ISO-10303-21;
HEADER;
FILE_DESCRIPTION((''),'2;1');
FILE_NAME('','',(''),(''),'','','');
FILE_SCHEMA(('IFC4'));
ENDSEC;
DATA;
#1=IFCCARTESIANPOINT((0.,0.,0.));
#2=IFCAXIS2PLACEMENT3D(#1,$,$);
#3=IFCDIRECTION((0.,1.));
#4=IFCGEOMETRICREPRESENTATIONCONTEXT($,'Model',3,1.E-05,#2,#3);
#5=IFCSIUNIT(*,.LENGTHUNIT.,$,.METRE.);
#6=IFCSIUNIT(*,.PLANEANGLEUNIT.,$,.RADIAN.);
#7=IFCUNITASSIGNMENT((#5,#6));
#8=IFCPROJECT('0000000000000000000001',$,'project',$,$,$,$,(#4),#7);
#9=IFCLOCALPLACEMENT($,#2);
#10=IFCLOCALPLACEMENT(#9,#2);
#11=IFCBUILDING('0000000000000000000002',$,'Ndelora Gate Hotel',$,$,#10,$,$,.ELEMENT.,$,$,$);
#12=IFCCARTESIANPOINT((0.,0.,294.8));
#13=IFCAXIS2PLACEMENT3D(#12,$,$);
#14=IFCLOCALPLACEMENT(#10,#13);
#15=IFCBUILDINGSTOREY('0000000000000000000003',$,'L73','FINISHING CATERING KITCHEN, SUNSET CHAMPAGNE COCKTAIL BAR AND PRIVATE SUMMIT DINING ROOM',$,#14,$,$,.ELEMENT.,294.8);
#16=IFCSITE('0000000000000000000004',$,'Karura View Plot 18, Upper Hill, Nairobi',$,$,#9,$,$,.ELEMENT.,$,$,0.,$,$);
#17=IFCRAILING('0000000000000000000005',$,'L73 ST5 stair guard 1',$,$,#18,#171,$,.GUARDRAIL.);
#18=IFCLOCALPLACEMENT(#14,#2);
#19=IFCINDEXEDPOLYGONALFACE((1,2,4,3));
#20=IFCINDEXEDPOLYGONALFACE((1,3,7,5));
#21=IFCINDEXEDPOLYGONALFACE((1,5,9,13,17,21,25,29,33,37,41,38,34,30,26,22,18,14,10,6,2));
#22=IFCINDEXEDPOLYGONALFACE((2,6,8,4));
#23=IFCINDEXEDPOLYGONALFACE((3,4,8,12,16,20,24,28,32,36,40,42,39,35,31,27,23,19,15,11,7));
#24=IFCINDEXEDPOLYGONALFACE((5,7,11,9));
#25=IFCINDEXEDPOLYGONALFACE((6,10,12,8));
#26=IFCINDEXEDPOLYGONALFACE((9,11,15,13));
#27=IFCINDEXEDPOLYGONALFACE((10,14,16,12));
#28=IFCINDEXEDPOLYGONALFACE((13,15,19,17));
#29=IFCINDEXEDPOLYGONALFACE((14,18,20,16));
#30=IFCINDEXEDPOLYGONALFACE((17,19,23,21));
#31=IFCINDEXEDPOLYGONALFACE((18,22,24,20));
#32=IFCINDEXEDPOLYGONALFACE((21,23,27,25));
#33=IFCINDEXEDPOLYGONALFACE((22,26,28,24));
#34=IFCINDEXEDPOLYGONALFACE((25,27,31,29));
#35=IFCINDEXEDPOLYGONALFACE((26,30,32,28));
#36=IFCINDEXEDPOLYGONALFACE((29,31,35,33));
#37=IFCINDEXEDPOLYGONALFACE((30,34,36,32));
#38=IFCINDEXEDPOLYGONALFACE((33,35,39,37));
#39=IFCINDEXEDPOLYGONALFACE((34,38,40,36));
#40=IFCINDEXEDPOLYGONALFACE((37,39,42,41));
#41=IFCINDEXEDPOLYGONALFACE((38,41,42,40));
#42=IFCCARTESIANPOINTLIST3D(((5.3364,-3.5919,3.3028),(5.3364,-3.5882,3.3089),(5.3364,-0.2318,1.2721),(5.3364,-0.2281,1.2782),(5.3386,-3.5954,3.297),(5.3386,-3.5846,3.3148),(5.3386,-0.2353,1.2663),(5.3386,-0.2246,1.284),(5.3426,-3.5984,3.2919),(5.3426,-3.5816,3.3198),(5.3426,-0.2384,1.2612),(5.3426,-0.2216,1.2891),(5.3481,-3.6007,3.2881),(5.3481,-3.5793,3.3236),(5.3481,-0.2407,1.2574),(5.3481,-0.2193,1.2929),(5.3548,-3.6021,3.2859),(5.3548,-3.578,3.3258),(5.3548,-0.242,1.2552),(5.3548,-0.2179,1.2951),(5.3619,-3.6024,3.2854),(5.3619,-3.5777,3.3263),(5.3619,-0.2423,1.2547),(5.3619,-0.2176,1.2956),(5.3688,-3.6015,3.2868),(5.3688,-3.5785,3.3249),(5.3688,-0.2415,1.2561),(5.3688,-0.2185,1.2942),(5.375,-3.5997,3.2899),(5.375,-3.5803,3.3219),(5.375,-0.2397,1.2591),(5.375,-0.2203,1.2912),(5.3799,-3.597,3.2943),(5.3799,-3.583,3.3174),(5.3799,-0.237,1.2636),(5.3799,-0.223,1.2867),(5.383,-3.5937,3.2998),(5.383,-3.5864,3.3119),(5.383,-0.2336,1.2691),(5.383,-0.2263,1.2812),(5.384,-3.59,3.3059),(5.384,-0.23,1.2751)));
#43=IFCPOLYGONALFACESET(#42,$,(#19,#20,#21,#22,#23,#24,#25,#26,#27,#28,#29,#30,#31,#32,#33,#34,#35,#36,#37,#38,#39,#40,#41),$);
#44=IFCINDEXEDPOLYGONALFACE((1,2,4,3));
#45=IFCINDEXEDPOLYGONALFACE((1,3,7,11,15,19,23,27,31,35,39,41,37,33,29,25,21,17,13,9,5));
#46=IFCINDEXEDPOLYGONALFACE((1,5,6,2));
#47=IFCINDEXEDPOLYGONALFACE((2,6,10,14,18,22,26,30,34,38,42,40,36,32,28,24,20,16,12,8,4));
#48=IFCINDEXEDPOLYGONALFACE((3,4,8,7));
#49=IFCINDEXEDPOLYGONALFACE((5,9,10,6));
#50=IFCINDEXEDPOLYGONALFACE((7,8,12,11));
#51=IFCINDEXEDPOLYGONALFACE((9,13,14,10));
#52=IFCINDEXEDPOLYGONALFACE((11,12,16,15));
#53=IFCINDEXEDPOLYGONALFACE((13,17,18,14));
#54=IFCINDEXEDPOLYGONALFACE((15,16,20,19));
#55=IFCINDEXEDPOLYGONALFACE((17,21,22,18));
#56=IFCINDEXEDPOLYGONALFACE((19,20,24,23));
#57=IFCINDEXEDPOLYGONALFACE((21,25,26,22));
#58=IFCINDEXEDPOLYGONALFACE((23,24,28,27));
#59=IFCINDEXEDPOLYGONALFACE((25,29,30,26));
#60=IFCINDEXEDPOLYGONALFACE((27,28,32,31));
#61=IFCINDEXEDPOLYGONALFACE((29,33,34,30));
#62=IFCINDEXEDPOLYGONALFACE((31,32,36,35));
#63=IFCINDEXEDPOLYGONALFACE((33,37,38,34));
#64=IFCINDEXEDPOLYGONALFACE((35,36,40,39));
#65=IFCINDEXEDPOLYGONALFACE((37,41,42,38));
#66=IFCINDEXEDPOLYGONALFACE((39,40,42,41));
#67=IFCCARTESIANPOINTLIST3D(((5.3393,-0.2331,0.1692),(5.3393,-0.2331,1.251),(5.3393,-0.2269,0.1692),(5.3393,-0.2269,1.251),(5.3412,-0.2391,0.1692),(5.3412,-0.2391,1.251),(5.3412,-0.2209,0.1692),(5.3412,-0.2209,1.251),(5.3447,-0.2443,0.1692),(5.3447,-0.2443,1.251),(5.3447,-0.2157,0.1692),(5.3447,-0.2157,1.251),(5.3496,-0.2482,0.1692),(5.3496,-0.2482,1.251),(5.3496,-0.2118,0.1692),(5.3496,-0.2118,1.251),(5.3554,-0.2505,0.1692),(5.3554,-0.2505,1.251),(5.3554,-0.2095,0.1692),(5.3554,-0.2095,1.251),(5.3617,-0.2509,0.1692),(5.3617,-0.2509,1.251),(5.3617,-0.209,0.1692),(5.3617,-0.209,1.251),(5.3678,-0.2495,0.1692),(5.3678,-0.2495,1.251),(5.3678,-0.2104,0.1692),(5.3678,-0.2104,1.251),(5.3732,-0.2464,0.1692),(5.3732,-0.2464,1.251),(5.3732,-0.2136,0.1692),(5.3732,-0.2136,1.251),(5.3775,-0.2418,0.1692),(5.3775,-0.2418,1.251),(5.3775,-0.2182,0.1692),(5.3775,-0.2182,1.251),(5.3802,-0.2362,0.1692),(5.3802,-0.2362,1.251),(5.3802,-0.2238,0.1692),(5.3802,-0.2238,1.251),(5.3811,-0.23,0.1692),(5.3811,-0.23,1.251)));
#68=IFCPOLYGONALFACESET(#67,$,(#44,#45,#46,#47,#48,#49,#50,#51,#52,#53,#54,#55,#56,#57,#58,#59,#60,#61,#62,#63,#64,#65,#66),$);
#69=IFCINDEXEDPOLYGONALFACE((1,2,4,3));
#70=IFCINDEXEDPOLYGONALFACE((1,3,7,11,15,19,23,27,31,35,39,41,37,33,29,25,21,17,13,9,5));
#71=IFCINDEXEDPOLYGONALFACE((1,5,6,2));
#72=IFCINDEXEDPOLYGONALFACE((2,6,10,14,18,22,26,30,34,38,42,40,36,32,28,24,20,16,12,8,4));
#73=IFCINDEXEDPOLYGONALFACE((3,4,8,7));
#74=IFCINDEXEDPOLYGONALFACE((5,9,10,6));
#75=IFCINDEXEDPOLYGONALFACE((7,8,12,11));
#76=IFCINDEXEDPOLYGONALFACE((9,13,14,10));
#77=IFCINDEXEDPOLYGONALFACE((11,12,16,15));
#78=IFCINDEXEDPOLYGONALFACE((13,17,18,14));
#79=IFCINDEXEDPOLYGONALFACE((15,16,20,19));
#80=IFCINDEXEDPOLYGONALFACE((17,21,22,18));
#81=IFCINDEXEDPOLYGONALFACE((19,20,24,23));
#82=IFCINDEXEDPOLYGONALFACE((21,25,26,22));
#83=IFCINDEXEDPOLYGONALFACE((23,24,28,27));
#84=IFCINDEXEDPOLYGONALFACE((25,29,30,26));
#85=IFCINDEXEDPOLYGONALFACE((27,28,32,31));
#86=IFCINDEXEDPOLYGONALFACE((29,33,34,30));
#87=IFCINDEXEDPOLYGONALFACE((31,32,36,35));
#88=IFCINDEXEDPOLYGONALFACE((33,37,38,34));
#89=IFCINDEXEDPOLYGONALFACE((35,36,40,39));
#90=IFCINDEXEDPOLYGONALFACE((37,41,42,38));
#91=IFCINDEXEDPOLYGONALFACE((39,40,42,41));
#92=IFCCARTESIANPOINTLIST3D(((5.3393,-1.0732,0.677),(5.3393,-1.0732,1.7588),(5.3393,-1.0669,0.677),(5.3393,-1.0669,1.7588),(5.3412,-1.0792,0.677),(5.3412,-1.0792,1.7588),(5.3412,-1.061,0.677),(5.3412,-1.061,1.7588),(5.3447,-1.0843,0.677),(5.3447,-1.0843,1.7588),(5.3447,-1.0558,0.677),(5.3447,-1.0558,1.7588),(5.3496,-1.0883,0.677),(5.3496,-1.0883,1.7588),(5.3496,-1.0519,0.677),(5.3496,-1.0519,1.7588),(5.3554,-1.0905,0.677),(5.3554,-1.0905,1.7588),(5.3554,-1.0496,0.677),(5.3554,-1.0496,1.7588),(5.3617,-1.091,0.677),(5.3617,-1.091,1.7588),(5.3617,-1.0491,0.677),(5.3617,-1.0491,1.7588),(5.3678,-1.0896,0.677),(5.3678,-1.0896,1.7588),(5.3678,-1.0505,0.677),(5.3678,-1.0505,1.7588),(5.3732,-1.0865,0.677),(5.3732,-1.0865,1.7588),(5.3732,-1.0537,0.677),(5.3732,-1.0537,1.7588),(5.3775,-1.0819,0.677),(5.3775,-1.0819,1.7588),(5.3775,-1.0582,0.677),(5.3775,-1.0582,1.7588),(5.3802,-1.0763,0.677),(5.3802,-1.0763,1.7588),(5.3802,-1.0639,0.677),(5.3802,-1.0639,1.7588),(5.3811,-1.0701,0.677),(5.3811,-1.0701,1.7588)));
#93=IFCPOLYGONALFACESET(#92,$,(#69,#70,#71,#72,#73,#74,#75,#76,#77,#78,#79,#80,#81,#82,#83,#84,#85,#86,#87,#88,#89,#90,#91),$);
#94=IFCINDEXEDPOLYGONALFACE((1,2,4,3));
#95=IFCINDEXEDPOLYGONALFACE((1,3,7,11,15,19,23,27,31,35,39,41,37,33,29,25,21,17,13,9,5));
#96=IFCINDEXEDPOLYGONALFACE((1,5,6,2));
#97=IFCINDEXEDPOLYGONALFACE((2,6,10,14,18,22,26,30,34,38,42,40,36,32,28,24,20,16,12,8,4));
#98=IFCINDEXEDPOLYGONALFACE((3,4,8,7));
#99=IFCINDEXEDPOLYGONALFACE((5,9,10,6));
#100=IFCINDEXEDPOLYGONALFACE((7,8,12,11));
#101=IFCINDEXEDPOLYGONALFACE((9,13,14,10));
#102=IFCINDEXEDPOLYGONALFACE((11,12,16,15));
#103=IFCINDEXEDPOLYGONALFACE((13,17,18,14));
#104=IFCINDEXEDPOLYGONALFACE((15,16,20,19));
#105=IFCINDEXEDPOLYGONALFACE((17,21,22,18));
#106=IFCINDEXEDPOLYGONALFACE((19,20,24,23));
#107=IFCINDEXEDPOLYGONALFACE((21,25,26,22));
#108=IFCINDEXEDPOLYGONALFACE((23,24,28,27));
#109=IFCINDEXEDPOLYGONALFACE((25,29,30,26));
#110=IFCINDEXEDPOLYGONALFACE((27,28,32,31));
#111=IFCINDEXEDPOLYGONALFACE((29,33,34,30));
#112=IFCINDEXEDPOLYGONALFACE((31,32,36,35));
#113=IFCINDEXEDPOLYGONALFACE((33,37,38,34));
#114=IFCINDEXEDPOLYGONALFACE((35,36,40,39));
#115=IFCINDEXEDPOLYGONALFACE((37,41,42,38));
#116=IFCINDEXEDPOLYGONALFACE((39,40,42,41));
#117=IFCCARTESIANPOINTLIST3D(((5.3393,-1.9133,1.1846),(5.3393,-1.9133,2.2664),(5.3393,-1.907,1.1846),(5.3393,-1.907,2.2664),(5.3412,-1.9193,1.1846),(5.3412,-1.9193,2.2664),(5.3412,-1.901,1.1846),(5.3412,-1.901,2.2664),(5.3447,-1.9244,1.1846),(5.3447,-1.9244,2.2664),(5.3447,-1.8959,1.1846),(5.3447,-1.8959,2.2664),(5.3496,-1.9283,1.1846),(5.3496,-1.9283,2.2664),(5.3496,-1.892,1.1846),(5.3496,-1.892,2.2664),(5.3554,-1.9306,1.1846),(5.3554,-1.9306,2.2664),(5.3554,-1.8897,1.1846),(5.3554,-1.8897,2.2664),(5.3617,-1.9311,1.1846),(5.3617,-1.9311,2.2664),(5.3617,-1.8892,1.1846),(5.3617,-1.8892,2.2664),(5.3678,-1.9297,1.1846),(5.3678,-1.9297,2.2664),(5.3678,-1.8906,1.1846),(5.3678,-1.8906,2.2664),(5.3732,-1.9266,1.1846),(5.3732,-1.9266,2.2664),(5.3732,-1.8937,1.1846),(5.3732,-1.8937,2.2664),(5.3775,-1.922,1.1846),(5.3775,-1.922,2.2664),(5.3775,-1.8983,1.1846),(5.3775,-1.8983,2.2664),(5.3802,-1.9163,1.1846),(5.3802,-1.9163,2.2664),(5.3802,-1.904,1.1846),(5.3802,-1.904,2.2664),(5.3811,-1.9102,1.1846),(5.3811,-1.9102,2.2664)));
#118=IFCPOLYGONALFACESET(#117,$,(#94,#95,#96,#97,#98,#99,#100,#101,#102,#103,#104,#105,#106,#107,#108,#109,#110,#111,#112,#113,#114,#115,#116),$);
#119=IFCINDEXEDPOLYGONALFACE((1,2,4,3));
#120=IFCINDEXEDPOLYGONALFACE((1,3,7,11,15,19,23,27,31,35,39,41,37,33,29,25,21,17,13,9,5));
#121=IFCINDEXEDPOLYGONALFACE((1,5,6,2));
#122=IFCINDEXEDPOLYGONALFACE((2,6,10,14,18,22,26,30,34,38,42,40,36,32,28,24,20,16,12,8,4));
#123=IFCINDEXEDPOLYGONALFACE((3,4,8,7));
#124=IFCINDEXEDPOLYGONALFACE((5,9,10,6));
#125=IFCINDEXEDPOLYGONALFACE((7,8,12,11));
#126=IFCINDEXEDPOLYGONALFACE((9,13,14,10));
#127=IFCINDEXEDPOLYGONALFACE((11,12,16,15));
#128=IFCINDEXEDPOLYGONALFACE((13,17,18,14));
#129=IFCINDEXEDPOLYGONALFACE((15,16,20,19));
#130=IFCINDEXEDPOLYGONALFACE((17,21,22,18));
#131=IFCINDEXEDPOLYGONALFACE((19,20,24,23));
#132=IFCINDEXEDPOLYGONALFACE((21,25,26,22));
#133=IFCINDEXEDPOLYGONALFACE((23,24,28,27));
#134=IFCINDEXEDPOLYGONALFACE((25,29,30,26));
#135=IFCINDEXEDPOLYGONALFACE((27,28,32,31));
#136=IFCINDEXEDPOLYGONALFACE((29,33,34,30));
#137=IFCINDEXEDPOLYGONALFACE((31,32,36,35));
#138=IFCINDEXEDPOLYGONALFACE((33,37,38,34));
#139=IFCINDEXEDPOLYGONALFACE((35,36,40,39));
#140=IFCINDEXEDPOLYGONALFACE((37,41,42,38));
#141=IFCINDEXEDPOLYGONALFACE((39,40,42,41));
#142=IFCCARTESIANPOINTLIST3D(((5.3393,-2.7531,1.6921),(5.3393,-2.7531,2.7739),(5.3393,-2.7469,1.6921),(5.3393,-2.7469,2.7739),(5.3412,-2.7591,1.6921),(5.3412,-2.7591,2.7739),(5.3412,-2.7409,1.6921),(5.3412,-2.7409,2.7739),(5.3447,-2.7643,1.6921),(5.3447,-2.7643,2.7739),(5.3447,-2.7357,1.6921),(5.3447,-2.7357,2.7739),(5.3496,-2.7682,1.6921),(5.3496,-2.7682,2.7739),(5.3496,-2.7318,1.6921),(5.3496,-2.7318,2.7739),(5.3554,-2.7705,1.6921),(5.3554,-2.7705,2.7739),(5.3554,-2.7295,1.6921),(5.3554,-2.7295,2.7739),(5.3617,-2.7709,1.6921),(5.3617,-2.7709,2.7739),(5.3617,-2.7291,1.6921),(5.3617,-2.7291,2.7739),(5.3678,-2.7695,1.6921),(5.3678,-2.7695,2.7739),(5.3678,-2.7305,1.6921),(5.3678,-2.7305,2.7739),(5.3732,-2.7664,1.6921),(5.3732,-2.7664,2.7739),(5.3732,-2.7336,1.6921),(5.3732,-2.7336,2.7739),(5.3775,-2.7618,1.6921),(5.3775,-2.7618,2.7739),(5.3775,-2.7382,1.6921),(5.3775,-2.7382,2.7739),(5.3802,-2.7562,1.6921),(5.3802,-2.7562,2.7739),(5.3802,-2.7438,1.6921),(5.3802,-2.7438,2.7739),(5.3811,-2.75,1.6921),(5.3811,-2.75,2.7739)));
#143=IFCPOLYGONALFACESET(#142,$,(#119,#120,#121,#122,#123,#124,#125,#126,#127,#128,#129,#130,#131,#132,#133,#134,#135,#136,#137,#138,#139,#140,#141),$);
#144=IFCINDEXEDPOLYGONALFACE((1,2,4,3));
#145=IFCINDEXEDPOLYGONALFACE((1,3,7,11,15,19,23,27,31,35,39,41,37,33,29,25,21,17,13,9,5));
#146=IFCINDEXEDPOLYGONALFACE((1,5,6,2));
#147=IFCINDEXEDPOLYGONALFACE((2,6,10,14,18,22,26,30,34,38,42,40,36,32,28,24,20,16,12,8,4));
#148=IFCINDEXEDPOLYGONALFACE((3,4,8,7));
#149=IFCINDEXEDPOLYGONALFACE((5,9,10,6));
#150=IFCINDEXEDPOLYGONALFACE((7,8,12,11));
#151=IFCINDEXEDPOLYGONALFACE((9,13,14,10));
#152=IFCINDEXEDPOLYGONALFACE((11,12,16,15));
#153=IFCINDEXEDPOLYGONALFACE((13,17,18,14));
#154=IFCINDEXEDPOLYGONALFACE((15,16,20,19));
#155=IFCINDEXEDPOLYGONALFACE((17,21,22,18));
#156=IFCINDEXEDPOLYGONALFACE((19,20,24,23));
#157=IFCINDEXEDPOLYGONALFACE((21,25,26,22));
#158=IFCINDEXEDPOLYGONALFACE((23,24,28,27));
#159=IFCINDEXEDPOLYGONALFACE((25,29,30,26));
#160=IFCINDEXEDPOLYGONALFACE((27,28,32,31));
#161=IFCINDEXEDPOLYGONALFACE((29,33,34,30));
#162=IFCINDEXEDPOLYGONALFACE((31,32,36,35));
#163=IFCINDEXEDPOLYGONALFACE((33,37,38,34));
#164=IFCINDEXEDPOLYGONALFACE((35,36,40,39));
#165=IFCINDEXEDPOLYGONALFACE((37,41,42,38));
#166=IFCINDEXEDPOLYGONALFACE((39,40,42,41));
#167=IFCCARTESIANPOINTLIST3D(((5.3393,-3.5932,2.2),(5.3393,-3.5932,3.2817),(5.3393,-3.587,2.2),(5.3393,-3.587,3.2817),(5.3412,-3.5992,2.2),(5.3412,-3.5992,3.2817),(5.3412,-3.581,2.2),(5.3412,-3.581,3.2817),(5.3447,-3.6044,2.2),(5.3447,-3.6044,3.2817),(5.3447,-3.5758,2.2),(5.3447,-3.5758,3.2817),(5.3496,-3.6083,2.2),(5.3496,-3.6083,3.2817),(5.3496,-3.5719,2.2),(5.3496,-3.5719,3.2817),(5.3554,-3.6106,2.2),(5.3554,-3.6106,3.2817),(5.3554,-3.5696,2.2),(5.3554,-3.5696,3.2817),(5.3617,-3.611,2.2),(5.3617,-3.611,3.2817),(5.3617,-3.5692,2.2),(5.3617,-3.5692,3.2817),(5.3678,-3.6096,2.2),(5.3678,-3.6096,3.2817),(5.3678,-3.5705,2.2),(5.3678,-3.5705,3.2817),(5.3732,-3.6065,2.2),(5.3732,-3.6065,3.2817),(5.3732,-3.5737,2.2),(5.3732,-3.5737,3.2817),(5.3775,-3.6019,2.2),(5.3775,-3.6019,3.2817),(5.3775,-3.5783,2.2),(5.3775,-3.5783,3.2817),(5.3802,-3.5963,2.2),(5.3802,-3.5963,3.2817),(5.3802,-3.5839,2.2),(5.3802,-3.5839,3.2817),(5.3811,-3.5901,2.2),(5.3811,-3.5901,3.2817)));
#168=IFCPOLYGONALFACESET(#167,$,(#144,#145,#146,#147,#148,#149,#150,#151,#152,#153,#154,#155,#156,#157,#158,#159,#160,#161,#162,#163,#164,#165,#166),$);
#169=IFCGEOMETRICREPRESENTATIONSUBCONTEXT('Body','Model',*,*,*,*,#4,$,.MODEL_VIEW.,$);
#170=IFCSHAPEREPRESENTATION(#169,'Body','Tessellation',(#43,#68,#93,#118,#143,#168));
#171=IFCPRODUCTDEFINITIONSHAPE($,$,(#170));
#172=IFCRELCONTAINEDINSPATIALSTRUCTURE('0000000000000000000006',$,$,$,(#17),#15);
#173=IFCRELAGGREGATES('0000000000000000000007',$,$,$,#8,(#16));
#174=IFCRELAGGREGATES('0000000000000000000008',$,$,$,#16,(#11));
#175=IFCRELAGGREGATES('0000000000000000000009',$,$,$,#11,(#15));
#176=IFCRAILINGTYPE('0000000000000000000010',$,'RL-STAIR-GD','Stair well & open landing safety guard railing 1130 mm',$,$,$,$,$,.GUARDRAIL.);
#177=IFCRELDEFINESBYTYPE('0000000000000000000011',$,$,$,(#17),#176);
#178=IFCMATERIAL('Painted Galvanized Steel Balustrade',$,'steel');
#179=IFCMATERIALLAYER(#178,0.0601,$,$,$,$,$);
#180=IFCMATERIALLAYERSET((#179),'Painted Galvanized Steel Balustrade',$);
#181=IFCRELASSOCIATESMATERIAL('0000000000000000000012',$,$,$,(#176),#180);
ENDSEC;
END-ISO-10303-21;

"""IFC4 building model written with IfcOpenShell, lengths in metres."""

from ifc_helpers import new_model, si_unit, direction, frame, origin, origin_2d, place, context, subcontext, project, spatial, circle, extrude, material, layer, layer_set, type_object, element, save


model = new_model("IFC4")

# Units and contexts
model_context = context("Model", 3, precision=1e-05, world=origin(), true_north=direction((0.0, 1.0)))
body_context = subcontext(model_context, "Body", "Model", "MODEL_VIEW")
ifc_project = project(units=[si_unit("LENGTHUNIT", "METRE"), si_unit("PLANEANGLEUNIT", "RADIAN")], contexts=[model_context])

# Site, building, storey
site_placement = place(None, origin())
site = spatial("IfcSite", under=ifc_project, at=site_placement, Name="Karura View Plot 18, Upper Hill, Nairobi", CompositionType="ELEMENT", RefElevation=0.0)
building_placement = place(site_placement, origin())
building = spatial("IfcBuilding", under=site, at=building_placement, Name="Ndelora Gate Hotel", CompositionType="ELEMENT")
storey_placement = place(building_placement, frame((0.0, 0.0, 294.8)))
storey = spatial("IfcBuildingStorey", under=building, at=storey_placement, Name="L73", Description="FINISHING CATERING KITCHEN, SUNSET CHAMPAGNE COCKTAIL BAR AND PRIVATE SUMMIT DINING ROOM", CompositionType="ELEMENT", Elevation=294.8)

# Railing
ifc_material_1 = material(Name="Painted Galvanized Steel Balustrade", Category="steel")
ifc_layer_1 = layer(ifc_material_1, 0.0601)
ifc_layer_set_1 = layer_set([ifc_layer_1], Name="Painted Galvanized Steel Balustrade")
railing_type_1 = type_object("IfcRailingType", Name="RL-STAIR-GD", Description="Stair well & open landing safety guard railing 1130 mm", PredefinedType="GUARDRAIL", material=ifc_layer_set_1)
railing_1_placement = place(storey_placement, frame((5.3601, -0.23, 0.1692)))
element("IfcRailing", 1, at=railing_1_placement, inside=storey, type_object=railing_type_1, Name="L73 ST5 stair guard 1", PredefinedType="GUARDRAIL", context=body_context, shape_type="SweptSolid", body=[
    extrude(circle(Radius=0.0239, at=origin_2d()), frame((0.0, 0.0, 1.106), z_axis=(0.0, -0.855837, 0.517246), x_axis=(1.0, 0.0, 0.0)), (0.0, 0.0, 1.0), 3.926),
    extrude(circle(Radius=0.021, at=origin_2d()), origin(), (0.0, 0.0, 1.0), 1.0818),
    extrude(circle(Radius=0.021, at=origin_2d()), frame((0.0, -0.8401, 0.5078)), (0.0, 0.0, 1.0), 1.0818),
    extrude(circle(Radius=0.021, at=origin_2d()), frame((0.0, -1.6802, 1.0154)), (0.0, 0.0, 1.0), 1.0818),
    extrude(circle(Radius=0.021, at=origin_2d()), frame((0.0, -2.52, 1.5229)), (0.0, 0.0, 1.0), 1.0818),
    extrude(circle(Radius=0.021, at=origin_2d()), frame((0.0, -3.3601, 2.0308)), (0.0, 0.0, 1.0), 1.0818),
])

save(model, "model.ifc")
